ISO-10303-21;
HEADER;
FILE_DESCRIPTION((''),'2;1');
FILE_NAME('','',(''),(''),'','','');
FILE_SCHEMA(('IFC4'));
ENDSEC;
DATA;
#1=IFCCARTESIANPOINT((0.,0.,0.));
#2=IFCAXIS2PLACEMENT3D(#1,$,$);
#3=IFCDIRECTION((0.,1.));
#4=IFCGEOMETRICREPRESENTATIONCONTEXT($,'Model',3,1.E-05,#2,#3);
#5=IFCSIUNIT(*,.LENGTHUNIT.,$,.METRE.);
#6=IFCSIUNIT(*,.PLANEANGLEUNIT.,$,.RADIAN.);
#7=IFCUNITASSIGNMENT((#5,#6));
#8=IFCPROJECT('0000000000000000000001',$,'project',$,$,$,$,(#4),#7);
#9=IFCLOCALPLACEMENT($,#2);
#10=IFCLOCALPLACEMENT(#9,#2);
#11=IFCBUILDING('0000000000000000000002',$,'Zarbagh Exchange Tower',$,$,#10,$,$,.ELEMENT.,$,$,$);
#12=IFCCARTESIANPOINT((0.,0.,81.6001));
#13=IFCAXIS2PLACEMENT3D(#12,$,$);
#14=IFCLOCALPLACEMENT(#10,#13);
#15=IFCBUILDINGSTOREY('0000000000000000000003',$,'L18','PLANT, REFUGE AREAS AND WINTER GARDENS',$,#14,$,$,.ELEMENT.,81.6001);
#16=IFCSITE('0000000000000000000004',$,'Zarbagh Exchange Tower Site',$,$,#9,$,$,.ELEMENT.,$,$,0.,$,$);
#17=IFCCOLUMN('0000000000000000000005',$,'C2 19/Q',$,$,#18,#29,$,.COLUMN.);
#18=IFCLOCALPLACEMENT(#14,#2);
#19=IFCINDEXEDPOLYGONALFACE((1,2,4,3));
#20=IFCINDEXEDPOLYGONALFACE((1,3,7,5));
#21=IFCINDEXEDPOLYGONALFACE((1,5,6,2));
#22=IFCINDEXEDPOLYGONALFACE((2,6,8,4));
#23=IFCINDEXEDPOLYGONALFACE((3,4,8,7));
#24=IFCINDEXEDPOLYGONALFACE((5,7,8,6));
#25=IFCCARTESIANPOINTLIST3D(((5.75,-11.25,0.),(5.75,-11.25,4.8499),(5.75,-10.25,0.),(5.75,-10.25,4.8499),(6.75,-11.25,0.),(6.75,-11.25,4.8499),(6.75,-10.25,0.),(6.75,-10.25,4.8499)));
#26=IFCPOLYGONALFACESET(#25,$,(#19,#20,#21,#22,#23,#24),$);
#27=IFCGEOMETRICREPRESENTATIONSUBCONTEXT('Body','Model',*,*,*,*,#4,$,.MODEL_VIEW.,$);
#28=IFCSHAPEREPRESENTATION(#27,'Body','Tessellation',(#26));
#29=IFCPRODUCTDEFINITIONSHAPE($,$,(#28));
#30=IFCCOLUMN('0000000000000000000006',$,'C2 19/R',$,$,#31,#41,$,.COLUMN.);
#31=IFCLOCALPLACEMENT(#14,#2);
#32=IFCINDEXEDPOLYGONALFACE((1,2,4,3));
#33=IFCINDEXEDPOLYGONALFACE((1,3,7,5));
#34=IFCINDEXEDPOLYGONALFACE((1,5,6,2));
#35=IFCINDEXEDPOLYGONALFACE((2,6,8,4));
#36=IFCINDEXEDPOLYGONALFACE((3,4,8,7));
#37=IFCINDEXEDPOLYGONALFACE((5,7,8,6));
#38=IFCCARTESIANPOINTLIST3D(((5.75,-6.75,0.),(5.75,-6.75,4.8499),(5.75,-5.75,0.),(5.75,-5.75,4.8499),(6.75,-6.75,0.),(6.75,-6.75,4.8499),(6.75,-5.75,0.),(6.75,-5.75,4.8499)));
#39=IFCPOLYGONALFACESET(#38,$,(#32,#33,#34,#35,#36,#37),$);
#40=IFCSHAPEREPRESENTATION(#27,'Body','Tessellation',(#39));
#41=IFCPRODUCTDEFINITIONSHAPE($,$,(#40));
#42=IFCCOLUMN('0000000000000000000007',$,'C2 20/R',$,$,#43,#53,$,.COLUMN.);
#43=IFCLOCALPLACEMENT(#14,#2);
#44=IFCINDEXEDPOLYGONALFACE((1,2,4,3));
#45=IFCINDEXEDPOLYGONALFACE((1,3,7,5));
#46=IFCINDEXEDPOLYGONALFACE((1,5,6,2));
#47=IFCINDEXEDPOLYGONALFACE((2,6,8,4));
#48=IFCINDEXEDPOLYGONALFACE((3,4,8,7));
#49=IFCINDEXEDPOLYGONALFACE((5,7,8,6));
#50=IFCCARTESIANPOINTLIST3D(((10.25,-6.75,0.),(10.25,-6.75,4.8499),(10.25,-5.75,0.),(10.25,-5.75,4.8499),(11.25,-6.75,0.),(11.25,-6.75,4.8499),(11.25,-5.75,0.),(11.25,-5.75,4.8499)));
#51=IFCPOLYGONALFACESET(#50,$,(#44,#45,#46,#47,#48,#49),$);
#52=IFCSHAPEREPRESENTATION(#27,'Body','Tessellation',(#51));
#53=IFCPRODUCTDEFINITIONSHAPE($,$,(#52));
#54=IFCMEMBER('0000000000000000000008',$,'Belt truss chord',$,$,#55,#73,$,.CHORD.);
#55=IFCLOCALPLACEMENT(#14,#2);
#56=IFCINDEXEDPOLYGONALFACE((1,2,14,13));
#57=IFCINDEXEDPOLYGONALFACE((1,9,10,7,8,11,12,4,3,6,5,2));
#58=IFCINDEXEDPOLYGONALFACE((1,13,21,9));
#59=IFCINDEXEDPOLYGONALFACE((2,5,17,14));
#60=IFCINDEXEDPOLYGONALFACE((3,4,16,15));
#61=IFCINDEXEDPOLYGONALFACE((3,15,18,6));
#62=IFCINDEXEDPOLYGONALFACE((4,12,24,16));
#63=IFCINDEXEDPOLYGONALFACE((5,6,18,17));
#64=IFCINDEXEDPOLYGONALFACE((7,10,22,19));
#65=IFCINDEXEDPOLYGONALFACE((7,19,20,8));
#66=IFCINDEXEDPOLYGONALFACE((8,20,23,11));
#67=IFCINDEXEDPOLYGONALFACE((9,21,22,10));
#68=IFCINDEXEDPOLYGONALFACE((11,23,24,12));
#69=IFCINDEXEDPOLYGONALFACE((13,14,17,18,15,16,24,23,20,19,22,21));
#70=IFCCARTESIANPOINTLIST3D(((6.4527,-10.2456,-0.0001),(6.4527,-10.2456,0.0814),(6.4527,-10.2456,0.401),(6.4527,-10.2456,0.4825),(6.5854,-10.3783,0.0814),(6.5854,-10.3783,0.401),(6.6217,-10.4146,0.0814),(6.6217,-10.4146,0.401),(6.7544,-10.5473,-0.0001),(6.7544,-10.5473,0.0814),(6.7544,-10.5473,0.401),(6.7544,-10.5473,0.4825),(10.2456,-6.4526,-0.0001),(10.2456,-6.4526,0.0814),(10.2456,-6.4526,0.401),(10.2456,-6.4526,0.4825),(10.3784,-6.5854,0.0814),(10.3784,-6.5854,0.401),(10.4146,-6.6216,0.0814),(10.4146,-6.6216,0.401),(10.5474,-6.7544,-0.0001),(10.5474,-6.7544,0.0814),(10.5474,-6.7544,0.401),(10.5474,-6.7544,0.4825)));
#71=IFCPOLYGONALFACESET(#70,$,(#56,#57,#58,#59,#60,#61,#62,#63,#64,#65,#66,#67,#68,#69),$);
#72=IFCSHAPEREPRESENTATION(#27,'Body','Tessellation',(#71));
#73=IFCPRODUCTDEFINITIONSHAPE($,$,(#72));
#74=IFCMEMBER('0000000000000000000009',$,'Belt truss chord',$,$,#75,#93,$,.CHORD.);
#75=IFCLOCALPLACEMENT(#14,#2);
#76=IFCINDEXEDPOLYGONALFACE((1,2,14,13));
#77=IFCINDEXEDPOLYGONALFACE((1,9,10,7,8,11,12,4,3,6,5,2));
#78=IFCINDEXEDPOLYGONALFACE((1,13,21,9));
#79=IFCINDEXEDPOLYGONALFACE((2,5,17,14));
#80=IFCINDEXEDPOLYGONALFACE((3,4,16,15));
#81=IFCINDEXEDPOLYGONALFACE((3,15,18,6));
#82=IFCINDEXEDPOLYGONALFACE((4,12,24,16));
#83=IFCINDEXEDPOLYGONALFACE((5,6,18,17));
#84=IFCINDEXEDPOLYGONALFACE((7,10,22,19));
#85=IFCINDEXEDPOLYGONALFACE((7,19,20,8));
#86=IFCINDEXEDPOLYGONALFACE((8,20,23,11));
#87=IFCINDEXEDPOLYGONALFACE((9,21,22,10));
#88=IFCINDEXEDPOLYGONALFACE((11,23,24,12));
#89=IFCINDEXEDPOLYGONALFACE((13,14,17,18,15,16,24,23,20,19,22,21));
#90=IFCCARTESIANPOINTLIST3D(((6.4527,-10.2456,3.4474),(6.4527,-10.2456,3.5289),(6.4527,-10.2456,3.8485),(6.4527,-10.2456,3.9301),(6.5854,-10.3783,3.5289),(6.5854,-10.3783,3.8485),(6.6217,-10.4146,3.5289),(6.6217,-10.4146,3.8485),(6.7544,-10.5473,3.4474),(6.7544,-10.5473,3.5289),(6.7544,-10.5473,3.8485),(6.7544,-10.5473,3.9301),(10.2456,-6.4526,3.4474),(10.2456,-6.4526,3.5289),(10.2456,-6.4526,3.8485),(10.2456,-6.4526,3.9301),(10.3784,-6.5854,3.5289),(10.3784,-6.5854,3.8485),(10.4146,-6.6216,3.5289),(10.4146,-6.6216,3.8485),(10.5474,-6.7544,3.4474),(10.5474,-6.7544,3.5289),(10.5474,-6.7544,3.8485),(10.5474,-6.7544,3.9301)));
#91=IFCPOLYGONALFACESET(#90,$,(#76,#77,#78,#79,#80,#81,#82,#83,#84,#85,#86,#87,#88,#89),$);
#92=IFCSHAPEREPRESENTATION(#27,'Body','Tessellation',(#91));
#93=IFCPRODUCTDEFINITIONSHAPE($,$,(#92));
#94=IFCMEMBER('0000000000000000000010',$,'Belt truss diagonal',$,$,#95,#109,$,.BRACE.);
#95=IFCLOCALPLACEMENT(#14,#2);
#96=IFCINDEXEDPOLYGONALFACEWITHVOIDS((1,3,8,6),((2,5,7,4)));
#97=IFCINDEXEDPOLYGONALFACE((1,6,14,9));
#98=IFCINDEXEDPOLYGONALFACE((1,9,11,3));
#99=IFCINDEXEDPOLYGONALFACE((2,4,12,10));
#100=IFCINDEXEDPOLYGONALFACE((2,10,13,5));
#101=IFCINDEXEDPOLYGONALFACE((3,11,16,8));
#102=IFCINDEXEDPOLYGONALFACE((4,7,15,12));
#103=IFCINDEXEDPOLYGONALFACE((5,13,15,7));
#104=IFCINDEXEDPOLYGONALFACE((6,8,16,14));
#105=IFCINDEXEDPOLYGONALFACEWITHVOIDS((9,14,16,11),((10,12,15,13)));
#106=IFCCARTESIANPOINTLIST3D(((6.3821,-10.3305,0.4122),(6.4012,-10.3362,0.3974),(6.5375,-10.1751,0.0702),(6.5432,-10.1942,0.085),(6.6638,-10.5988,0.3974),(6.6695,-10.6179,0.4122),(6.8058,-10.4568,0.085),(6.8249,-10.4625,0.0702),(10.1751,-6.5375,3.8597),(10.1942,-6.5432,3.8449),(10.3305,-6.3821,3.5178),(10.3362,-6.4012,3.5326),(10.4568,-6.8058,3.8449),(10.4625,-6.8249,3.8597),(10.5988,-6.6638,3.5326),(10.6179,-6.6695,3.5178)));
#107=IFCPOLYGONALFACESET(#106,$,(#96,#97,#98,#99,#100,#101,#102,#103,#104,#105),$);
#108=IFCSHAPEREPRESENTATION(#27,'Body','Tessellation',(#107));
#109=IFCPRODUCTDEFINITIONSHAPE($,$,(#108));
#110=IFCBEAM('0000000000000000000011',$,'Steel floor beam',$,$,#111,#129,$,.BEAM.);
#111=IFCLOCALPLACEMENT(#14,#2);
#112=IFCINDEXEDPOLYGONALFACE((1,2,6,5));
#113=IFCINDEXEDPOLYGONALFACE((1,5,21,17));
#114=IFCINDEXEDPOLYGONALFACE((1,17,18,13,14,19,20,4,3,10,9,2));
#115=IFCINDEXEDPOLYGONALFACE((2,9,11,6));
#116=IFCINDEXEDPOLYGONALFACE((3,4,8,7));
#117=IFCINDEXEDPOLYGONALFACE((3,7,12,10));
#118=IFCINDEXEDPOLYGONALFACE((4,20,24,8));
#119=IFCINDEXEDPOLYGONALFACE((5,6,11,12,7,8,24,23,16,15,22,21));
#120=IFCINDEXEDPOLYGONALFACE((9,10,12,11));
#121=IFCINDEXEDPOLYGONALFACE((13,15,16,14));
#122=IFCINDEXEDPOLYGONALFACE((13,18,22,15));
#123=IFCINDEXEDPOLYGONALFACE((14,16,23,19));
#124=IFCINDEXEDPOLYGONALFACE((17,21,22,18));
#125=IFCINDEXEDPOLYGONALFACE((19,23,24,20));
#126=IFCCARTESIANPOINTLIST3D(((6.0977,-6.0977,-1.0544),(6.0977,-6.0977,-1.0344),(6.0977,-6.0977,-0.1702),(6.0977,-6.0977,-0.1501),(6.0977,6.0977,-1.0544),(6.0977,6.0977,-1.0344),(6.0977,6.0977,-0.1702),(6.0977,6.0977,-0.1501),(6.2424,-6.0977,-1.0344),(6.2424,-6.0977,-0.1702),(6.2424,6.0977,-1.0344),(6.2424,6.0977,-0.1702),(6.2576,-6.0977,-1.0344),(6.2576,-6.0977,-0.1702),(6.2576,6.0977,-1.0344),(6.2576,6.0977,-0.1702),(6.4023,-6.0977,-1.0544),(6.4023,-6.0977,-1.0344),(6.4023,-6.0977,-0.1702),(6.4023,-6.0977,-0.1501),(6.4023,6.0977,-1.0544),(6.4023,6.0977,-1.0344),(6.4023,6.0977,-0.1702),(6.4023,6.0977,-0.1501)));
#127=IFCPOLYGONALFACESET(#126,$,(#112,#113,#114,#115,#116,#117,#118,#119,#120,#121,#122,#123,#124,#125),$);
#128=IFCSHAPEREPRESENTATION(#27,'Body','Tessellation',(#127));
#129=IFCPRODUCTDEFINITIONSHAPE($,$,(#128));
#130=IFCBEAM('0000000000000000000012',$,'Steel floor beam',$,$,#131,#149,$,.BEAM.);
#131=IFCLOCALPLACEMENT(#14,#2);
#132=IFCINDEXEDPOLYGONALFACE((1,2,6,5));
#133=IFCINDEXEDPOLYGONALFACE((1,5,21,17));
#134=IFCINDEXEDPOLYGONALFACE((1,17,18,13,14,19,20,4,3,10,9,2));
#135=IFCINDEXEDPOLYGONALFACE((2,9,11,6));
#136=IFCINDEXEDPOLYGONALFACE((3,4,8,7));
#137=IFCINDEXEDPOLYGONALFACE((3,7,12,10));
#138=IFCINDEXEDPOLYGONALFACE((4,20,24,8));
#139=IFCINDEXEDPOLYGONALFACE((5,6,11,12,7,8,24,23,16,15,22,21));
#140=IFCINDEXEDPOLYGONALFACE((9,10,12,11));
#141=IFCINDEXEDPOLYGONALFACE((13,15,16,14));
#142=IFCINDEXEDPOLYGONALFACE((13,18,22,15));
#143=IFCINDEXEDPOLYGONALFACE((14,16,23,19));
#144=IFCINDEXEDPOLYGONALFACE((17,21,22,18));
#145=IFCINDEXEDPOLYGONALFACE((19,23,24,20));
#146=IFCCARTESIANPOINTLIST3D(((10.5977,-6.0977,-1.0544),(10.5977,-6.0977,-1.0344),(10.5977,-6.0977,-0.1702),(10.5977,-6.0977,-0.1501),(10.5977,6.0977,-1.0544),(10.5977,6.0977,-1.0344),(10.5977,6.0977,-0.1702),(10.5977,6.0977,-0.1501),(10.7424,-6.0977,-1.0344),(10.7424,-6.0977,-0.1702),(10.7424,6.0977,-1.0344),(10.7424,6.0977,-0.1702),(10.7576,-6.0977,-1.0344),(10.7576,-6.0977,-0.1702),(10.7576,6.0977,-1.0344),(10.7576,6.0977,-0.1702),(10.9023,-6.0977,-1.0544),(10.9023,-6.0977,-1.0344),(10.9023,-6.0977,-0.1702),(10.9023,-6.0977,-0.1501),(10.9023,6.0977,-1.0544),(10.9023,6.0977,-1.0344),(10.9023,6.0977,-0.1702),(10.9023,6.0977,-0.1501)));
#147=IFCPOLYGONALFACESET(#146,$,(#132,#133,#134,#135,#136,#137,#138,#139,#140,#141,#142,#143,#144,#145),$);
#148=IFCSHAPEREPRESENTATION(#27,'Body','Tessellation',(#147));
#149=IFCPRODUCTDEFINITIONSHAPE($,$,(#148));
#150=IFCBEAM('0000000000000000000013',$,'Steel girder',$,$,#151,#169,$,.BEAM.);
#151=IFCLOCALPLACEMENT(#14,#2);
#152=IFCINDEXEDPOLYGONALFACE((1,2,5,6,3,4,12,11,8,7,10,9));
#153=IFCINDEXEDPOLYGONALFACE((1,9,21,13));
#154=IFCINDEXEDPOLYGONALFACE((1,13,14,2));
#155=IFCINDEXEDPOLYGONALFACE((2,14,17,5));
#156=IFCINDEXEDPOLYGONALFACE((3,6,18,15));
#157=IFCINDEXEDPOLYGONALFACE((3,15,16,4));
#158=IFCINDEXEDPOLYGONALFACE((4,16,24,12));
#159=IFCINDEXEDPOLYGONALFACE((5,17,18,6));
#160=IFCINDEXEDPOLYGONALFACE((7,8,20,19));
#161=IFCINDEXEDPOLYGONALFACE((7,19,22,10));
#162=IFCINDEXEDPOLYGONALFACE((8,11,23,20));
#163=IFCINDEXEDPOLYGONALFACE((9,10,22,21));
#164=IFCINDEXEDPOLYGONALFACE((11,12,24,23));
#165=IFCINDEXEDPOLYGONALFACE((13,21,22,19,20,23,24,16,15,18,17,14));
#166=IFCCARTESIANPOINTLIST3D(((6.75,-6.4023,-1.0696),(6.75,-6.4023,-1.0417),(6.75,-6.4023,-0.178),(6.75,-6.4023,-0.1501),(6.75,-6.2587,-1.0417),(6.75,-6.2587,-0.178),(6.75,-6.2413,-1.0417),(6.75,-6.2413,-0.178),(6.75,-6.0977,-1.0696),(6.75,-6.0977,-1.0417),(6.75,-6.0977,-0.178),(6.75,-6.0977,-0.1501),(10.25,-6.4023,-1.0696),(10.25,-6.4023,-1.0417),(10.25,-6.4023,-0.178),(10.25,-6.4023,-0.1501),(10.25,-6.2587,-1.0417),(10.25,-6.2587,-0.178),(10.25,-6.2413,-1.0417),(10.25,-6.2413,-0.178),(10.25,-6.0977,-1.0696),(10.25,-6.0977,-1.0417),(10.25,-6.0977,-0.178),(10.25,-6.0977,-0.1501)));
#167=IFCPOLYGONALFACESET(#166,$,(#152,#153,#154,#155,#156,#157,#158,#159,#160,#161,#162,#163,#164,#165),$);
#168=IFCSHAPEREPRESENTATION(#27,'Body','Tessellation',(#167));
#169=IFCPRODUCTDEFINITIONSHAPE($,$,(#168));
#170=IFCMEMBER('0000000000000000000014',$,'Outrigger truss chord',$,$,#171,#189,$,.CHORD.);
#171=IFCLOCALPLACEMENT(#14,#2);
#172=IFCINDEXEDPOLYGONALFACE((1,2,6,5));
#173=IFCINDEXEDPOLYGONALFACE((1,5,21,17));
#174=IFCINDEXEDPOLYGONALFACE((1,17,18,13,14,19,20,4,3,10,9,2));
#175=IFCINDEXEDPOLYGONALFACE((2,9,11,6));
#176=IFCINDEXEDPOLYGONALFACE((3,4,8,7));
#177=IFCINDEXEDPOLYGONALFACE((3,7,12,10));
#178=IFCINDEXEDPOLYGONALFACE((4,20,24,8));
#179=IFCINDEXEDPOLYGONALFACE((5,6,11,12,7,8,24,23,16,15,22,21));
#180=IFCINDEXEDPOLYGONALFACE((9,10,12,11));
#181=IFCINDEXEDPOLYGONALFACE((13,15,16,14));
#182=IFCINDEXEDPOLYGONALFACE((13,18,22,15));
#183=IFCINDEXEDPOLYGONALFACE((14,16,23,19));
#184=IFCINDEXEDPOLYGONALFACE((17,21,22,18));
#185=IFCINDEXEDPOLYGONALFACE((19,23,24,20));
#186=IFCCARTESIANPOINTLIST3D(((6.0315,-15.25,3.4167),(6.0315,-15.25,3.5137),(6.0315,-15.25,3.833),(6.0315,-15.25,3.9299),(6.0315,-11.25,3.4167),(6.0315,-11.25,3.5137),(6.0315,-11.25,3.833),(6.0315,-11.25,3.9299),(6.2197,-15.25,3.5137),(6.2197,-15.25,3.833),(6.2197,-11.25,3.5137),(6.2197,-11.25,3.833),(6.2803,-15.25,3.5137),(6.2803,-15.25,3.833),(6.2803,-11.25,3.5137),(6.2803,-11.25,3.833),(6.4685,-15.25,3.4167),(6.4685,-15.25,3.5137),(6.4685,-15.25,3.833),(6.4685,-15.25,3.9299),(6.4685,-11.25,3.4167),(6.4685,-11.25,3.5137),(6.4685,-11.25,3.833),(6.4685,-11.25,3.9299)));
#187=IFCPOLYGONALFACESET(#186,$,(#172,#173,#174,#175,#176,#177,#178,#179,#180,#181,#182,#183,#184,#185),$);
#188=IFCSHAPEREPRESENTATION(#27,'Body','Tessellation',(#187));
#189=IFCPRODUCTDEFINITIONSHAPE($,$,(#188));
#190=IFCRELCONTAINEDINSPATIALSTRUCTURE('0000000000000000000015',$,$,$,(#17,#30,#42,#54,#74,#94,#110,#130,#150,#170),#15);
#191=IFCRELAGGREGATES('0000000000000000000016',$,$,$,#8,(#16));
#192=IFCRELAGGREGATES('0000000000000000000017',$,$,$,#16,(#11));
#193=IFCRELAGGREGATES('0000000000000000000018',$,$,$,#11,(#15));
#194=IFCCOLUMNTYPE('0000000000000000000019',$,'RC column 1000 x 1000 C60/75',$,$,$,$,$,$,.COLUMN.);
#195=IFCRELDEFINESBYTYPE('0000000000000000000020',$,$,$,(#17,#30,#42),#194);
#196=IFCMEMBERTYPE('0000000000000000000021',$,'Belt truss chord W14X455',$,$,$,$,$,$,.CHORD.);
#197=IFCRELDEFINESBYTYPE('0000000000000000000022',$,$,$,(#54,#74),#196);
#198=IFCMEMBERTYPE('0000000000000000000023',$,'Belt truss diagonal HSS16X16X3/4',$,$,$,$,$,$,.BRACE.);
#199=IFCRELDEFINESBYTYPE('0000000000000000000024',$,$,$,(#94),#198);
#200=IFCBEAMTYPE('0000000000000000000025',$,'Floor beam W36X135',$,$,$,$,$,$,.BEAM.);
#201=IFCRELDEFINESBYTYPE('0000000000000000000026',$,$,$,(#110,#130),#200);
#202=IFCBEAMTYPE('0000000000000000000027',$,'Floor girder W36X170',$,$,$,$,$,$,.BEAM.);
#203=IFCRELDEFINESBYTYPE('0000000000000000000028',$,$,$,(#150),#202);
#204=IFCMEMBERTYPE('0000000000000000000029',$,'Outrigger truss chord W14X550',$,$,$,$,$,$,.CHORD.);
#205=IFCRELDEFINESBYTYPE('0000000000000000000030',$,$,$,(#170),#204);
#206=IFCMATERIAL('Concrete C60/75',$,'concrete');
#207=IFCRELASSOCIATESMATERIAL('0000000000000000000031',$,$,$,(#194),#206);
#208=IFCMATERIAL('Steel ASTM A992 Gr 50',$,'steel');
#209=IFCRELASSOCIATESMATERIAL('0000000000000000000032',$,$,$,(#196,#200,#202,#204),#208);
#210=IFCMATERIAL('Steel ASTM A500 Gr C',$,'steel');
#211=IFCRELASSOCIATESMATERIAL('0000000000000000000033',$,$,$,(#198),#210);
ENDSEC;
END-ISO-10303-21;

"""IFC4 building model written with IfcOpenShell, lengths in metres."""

from ifc_helpers import new_model, si_unit, direction, frame, origin, origin_2d, place, context, subcontext, project, spatial, rectangle, hollow_rectangle, i_section, extrude, material, material_profile, profile_set, type_object, element, save


model = new_model("IFC4")

# Units and contexts
model_context = context("Model", 3, precision=1e-05, world=origin(), true_north=direction((0.0, 1.0)))
body_context = subcontext(model_context, "Body", "Model", "MODEL_VIEW")
ifc_project = project(units=[si_unit("LENGTHUNIT", "METRE"), si_unit("PLANEANGLEUNIT", "RADIAN")], contexts=[model_context])

# Site, building, storey
site_placement = place(None, origin())
site = spatial("IfcSite", under=ifc_project, at=site_placement, Name="Zarbagh Exchange Tower Site", CompositionType="ELEMENT", RefElevation=0.0)
building_placement = place(site_placement, origin())
building = spatial("IfcBuilding", under=site, at=building_placement, Name="Zarbagh Exchange Tower", CompositionType="ELEMENT")
storey_placement = place(building_placement, frame((0.0, 0.0, 81.6001)))
storey = spatial("IfcBuildingStorey", under=building, at=storey_placement, Name="L18", Description="PLANT, REFUGE AREAS AND WINTER GARDENS", CompositionType="ELEMENT", Elevation=81.6001)

# Columns
ifc_material_1 = material(Name="Concrete C60/75", Category="concrete")
ifc_material_profile_1 = material_profile(ifc_material_1, rectangle(XDim=1.0, YDim=1.0, at=origin_2d()), Name="RC column 1000 x 1000 C60/75")
ifc_profile_set_1 = profile_set([ifc_material_profile_1], Name="Concrete C60/75")
column_type = type_object("IfcColumnType", Name="RC column 1000 x 1000 C60/75", PredefinedType="COLUMN", material=ifc_profile_set_1)
for number, where, z_axis, x_axis, name in (
    (1, (6.25, -10.75, 0.0), (0.0, 0.0, 1.0), (1.0, 0.0, 0.0), "C2 19/Q"),
    (2, (6.25, -6.25, 0.0), (0.0, 0.0, 1.0), (1.0, 0.0, 0.0), "C2 19/R"),
    (3, (10.75, -6.25, 0.0), (0.0, 0.0, 1.0), (1.0, 0.0, 0.0), "C2 20/R"),
):
    element("IfcColumn", number, at=place(storey_placement, frame(where, z_axis=z_axis, x_axis=x_axis)), inside=storey, type_object=column_type, Name=name, PredefinedType="COLUMN", context=body_context, shape_type="SweptSolid", body=[
        extrude(rectangle(XDim=1.0, YDim=1.0, at=origin_2d()), origin(), (0.0, 0.0, 1.0), 4.8499),
    ])

# Members
ifc_material_2 = material(Name="Steel ASTM A992 Gr 50", Category="steel")
ifc_material_profile_2 = material_profile(ifc_material_2, i_section(OverallWidth=0.4268, OverallDepth=0.4827, WebThickness=0.0513, FlangeThickness=0.0815, at=origin_2d()), Name="W14X455")
ifc_profile_set_2 = profile_set([ifc_material_profile_2], Name="Steel ASTM A992 Gr 50")
member_type_1 = type_object("IfcMemberType", Name="Belt truss chord W14X455", PredefinedType="CHORD", material=ifc_profile_set_2)
for number, where, z_axis, x_axis, name in (
    (4, (10.3965, -6.6035, 0.2412), (-0.707107, -0.707107, 0.0), (0.707107, -0.707107, 0.0), "Belt truss chord"),
    (5, (10.3965, -6.6035, 3.6887), (-0.707107, -0.707107, 0.0), (0.707107, -0.707107, 0.0), "Belt truss chord"),
):
    element("IfcMember", number, at=place(storey_placement, frame(where, z_axis=z_axis, x_axis=x_axis)), inside=storey, type_object=member_type_1, Name=name, PredefinedType="CHORD", context=body_context, shape_type="SweptSolid", body=[
        extrude(i_section(OverallWidth=0.4268, OverallDepth=0.4827, WebThickness=0.0513, FlangeThickness=0.0815, at=origin_2d()), origin(), (0.0, 0.0, 1.0), 5.364),
    ])
ifc_material_3 = material(Name="Steel ASTM A500 Gr C", Category="steel")
ifc_material_profile_3 = material_profile(ifc_material_3, hollow_rectangle(XDim=0.4065, YDim=0.4065, WallThickness=0.0176, at=origin_2d()), Name="HSS16X16X3/4")
ifc_profile_set_3 = profile_set([ifc_material_profile_3], Name="Steel ASTM A500 Gr C")
member_type_2 = type_object("IfcMemberType", Name="Belt truss diagonal HSS16X16X3/4", PredefinedType="BRACE", material=ifc_profile_set_3)
member_1_placement = place(storey_placement, frame((6.6035, -10.3965, 0.2412), z_axis=(0.594844, 0.594844, 0.540667), x_axis=(-0.707107, 0.707107, 0.0)))
element("IfcMember", 6, at=member_1_placement, inside=storey, type_object=member_type_2, Name="Belt truss diagonal", PredefinedType="BRACE", context=body_context, shape_type="SweptSolid", body=[
    extrude(hollow_rectangle(XDim=0.4065, YDim=0.4065, WallThickness=0.0176, at=origin_2d()), origin(), (0.0, 0.0, 1.0), 6.3765),
])

# Beams
ifc_material_profile_4 = material_profile(ifc_material_2, i_section(OverallWidth=0.3047, OverallDepth=0.9043, WebThickness=0.0151, FlangeThickness=0.02, at=origin_2d()), Name="W36X135")
ifc_profile_set_4 = profile_set([ifc_material_profile_4], Name="Steel ASTM A992 Gr 50")
beam_type_1 = type_object("IfcBeamType", Name="Floor beam W36X135", PredefinedType="BEAM", material=ifc_profile_set_4)
for number, where, z_axis, x_axis, name in (
    (7, (6.25, -6.0977, -0.6023), (0.0, 1.0, 0.0), (-1.0, 0.0, 0.0), "Steel floor beam"),
    (8, (10.75, -6.0977, -0.6023), (0.0, 1.0, 0.0), (-1.0, 0.0, 0.0), "Steel floor beam"),
):
    element("IfcBeam", number, at=place(storey_placement, frame(where, z_axis=z_axis, x_axis=x_axis)), inside=storey, type_object=beam_type_1, Name=name, PredefinedType="BEAM", context=body_context, shape_type="SweptSolid", body=[
        extrude(i_section(OverallWidth=0.3047, OverallDepth=0.9043, WebThickness=0.0151, FlangeThickness=0.02, at=origin_2d()), origin(), (0.0, 0.0, 1.0), 12.1953),
    ])
ifc_material_profile_5 = material_profile(ifc_material_2, i_section(OverallWidth=0.3047, OverallDepth=0.9194, WebThickness=0.0173, FlangeThickness=0.0278, at=origin_2d()), Name="W36X170")
ifc_profile_set_5 = profile_set([ifc_material_profile_5], Name="Steel ASTM A992 Gr 50")
beam_type_2 = type_object("IfcBeamType", Name="Floor girder W36X170", PredefinedType="BEAM", material=ifc_profile_set_5)
beam_1_placement = place(storey_placement, frame((6.75, -6.25, -0.6099), z_axis=(1.0, 0.0, 0.0), x_axis=(0.0, 1.0, 0.0)))
element("IfcBeam", 9, at=beam_1_placement, inside=storey, type_object=beam_type_2, Name="Steel girder", PredefinedType="BEAM", context=body_context, shape_type="SweptSolid", body=[
    extrude(i_section(OverallWidth=0.3047, OverallDepth=0.9194, WebThickness=0.0173, FlangeThickness=0.0278, at=origin_2d()), origin(), (0.0, 0.0, 1.0), 3.5),
])

# Member
ifc_material_profile_6 = material_profile(ifc_material_2, i_section(OverallWidth=0.437, OverallDepth=0.5132, WebThickness=0.0605, FlangeThickness=0.0969, at=origin_2d()), Name="W14X550")
ifc_profile_set_6 = profile_set([ifc_material_profile_6], Name="Steel ASTM A992 Gr 50")
member_type_3 = type_object("IfcMemberType", Name="Outrigger truss chord W14X550", PredefinedType="CHORD", material=ifc_profile_set_6)
member_2_placement = place(storey_placement, frame((6.25, -11.25, 3.6733), z_axis=(0.0, -1.0, 0.0), x_axis=(1.0, 0.0, 0.0)))
element("IfcMember", 10, at=member_2_placement, inside=storey, type_object=member_type_3, Name="Outrigger truss chord", PredefinedType="CHORD", context=body_context, shape_type="SweptSolid", body=[
    extrude(i_section(OverallWidth=0.437, OverallDepth=0.5132, WebThickness=0.0605, FlangeThickness=0.0969, at=origin_2d()), origin(), (0.0, 0.0, 1.0), 4.0),
])

save(model, "model.ifc")
